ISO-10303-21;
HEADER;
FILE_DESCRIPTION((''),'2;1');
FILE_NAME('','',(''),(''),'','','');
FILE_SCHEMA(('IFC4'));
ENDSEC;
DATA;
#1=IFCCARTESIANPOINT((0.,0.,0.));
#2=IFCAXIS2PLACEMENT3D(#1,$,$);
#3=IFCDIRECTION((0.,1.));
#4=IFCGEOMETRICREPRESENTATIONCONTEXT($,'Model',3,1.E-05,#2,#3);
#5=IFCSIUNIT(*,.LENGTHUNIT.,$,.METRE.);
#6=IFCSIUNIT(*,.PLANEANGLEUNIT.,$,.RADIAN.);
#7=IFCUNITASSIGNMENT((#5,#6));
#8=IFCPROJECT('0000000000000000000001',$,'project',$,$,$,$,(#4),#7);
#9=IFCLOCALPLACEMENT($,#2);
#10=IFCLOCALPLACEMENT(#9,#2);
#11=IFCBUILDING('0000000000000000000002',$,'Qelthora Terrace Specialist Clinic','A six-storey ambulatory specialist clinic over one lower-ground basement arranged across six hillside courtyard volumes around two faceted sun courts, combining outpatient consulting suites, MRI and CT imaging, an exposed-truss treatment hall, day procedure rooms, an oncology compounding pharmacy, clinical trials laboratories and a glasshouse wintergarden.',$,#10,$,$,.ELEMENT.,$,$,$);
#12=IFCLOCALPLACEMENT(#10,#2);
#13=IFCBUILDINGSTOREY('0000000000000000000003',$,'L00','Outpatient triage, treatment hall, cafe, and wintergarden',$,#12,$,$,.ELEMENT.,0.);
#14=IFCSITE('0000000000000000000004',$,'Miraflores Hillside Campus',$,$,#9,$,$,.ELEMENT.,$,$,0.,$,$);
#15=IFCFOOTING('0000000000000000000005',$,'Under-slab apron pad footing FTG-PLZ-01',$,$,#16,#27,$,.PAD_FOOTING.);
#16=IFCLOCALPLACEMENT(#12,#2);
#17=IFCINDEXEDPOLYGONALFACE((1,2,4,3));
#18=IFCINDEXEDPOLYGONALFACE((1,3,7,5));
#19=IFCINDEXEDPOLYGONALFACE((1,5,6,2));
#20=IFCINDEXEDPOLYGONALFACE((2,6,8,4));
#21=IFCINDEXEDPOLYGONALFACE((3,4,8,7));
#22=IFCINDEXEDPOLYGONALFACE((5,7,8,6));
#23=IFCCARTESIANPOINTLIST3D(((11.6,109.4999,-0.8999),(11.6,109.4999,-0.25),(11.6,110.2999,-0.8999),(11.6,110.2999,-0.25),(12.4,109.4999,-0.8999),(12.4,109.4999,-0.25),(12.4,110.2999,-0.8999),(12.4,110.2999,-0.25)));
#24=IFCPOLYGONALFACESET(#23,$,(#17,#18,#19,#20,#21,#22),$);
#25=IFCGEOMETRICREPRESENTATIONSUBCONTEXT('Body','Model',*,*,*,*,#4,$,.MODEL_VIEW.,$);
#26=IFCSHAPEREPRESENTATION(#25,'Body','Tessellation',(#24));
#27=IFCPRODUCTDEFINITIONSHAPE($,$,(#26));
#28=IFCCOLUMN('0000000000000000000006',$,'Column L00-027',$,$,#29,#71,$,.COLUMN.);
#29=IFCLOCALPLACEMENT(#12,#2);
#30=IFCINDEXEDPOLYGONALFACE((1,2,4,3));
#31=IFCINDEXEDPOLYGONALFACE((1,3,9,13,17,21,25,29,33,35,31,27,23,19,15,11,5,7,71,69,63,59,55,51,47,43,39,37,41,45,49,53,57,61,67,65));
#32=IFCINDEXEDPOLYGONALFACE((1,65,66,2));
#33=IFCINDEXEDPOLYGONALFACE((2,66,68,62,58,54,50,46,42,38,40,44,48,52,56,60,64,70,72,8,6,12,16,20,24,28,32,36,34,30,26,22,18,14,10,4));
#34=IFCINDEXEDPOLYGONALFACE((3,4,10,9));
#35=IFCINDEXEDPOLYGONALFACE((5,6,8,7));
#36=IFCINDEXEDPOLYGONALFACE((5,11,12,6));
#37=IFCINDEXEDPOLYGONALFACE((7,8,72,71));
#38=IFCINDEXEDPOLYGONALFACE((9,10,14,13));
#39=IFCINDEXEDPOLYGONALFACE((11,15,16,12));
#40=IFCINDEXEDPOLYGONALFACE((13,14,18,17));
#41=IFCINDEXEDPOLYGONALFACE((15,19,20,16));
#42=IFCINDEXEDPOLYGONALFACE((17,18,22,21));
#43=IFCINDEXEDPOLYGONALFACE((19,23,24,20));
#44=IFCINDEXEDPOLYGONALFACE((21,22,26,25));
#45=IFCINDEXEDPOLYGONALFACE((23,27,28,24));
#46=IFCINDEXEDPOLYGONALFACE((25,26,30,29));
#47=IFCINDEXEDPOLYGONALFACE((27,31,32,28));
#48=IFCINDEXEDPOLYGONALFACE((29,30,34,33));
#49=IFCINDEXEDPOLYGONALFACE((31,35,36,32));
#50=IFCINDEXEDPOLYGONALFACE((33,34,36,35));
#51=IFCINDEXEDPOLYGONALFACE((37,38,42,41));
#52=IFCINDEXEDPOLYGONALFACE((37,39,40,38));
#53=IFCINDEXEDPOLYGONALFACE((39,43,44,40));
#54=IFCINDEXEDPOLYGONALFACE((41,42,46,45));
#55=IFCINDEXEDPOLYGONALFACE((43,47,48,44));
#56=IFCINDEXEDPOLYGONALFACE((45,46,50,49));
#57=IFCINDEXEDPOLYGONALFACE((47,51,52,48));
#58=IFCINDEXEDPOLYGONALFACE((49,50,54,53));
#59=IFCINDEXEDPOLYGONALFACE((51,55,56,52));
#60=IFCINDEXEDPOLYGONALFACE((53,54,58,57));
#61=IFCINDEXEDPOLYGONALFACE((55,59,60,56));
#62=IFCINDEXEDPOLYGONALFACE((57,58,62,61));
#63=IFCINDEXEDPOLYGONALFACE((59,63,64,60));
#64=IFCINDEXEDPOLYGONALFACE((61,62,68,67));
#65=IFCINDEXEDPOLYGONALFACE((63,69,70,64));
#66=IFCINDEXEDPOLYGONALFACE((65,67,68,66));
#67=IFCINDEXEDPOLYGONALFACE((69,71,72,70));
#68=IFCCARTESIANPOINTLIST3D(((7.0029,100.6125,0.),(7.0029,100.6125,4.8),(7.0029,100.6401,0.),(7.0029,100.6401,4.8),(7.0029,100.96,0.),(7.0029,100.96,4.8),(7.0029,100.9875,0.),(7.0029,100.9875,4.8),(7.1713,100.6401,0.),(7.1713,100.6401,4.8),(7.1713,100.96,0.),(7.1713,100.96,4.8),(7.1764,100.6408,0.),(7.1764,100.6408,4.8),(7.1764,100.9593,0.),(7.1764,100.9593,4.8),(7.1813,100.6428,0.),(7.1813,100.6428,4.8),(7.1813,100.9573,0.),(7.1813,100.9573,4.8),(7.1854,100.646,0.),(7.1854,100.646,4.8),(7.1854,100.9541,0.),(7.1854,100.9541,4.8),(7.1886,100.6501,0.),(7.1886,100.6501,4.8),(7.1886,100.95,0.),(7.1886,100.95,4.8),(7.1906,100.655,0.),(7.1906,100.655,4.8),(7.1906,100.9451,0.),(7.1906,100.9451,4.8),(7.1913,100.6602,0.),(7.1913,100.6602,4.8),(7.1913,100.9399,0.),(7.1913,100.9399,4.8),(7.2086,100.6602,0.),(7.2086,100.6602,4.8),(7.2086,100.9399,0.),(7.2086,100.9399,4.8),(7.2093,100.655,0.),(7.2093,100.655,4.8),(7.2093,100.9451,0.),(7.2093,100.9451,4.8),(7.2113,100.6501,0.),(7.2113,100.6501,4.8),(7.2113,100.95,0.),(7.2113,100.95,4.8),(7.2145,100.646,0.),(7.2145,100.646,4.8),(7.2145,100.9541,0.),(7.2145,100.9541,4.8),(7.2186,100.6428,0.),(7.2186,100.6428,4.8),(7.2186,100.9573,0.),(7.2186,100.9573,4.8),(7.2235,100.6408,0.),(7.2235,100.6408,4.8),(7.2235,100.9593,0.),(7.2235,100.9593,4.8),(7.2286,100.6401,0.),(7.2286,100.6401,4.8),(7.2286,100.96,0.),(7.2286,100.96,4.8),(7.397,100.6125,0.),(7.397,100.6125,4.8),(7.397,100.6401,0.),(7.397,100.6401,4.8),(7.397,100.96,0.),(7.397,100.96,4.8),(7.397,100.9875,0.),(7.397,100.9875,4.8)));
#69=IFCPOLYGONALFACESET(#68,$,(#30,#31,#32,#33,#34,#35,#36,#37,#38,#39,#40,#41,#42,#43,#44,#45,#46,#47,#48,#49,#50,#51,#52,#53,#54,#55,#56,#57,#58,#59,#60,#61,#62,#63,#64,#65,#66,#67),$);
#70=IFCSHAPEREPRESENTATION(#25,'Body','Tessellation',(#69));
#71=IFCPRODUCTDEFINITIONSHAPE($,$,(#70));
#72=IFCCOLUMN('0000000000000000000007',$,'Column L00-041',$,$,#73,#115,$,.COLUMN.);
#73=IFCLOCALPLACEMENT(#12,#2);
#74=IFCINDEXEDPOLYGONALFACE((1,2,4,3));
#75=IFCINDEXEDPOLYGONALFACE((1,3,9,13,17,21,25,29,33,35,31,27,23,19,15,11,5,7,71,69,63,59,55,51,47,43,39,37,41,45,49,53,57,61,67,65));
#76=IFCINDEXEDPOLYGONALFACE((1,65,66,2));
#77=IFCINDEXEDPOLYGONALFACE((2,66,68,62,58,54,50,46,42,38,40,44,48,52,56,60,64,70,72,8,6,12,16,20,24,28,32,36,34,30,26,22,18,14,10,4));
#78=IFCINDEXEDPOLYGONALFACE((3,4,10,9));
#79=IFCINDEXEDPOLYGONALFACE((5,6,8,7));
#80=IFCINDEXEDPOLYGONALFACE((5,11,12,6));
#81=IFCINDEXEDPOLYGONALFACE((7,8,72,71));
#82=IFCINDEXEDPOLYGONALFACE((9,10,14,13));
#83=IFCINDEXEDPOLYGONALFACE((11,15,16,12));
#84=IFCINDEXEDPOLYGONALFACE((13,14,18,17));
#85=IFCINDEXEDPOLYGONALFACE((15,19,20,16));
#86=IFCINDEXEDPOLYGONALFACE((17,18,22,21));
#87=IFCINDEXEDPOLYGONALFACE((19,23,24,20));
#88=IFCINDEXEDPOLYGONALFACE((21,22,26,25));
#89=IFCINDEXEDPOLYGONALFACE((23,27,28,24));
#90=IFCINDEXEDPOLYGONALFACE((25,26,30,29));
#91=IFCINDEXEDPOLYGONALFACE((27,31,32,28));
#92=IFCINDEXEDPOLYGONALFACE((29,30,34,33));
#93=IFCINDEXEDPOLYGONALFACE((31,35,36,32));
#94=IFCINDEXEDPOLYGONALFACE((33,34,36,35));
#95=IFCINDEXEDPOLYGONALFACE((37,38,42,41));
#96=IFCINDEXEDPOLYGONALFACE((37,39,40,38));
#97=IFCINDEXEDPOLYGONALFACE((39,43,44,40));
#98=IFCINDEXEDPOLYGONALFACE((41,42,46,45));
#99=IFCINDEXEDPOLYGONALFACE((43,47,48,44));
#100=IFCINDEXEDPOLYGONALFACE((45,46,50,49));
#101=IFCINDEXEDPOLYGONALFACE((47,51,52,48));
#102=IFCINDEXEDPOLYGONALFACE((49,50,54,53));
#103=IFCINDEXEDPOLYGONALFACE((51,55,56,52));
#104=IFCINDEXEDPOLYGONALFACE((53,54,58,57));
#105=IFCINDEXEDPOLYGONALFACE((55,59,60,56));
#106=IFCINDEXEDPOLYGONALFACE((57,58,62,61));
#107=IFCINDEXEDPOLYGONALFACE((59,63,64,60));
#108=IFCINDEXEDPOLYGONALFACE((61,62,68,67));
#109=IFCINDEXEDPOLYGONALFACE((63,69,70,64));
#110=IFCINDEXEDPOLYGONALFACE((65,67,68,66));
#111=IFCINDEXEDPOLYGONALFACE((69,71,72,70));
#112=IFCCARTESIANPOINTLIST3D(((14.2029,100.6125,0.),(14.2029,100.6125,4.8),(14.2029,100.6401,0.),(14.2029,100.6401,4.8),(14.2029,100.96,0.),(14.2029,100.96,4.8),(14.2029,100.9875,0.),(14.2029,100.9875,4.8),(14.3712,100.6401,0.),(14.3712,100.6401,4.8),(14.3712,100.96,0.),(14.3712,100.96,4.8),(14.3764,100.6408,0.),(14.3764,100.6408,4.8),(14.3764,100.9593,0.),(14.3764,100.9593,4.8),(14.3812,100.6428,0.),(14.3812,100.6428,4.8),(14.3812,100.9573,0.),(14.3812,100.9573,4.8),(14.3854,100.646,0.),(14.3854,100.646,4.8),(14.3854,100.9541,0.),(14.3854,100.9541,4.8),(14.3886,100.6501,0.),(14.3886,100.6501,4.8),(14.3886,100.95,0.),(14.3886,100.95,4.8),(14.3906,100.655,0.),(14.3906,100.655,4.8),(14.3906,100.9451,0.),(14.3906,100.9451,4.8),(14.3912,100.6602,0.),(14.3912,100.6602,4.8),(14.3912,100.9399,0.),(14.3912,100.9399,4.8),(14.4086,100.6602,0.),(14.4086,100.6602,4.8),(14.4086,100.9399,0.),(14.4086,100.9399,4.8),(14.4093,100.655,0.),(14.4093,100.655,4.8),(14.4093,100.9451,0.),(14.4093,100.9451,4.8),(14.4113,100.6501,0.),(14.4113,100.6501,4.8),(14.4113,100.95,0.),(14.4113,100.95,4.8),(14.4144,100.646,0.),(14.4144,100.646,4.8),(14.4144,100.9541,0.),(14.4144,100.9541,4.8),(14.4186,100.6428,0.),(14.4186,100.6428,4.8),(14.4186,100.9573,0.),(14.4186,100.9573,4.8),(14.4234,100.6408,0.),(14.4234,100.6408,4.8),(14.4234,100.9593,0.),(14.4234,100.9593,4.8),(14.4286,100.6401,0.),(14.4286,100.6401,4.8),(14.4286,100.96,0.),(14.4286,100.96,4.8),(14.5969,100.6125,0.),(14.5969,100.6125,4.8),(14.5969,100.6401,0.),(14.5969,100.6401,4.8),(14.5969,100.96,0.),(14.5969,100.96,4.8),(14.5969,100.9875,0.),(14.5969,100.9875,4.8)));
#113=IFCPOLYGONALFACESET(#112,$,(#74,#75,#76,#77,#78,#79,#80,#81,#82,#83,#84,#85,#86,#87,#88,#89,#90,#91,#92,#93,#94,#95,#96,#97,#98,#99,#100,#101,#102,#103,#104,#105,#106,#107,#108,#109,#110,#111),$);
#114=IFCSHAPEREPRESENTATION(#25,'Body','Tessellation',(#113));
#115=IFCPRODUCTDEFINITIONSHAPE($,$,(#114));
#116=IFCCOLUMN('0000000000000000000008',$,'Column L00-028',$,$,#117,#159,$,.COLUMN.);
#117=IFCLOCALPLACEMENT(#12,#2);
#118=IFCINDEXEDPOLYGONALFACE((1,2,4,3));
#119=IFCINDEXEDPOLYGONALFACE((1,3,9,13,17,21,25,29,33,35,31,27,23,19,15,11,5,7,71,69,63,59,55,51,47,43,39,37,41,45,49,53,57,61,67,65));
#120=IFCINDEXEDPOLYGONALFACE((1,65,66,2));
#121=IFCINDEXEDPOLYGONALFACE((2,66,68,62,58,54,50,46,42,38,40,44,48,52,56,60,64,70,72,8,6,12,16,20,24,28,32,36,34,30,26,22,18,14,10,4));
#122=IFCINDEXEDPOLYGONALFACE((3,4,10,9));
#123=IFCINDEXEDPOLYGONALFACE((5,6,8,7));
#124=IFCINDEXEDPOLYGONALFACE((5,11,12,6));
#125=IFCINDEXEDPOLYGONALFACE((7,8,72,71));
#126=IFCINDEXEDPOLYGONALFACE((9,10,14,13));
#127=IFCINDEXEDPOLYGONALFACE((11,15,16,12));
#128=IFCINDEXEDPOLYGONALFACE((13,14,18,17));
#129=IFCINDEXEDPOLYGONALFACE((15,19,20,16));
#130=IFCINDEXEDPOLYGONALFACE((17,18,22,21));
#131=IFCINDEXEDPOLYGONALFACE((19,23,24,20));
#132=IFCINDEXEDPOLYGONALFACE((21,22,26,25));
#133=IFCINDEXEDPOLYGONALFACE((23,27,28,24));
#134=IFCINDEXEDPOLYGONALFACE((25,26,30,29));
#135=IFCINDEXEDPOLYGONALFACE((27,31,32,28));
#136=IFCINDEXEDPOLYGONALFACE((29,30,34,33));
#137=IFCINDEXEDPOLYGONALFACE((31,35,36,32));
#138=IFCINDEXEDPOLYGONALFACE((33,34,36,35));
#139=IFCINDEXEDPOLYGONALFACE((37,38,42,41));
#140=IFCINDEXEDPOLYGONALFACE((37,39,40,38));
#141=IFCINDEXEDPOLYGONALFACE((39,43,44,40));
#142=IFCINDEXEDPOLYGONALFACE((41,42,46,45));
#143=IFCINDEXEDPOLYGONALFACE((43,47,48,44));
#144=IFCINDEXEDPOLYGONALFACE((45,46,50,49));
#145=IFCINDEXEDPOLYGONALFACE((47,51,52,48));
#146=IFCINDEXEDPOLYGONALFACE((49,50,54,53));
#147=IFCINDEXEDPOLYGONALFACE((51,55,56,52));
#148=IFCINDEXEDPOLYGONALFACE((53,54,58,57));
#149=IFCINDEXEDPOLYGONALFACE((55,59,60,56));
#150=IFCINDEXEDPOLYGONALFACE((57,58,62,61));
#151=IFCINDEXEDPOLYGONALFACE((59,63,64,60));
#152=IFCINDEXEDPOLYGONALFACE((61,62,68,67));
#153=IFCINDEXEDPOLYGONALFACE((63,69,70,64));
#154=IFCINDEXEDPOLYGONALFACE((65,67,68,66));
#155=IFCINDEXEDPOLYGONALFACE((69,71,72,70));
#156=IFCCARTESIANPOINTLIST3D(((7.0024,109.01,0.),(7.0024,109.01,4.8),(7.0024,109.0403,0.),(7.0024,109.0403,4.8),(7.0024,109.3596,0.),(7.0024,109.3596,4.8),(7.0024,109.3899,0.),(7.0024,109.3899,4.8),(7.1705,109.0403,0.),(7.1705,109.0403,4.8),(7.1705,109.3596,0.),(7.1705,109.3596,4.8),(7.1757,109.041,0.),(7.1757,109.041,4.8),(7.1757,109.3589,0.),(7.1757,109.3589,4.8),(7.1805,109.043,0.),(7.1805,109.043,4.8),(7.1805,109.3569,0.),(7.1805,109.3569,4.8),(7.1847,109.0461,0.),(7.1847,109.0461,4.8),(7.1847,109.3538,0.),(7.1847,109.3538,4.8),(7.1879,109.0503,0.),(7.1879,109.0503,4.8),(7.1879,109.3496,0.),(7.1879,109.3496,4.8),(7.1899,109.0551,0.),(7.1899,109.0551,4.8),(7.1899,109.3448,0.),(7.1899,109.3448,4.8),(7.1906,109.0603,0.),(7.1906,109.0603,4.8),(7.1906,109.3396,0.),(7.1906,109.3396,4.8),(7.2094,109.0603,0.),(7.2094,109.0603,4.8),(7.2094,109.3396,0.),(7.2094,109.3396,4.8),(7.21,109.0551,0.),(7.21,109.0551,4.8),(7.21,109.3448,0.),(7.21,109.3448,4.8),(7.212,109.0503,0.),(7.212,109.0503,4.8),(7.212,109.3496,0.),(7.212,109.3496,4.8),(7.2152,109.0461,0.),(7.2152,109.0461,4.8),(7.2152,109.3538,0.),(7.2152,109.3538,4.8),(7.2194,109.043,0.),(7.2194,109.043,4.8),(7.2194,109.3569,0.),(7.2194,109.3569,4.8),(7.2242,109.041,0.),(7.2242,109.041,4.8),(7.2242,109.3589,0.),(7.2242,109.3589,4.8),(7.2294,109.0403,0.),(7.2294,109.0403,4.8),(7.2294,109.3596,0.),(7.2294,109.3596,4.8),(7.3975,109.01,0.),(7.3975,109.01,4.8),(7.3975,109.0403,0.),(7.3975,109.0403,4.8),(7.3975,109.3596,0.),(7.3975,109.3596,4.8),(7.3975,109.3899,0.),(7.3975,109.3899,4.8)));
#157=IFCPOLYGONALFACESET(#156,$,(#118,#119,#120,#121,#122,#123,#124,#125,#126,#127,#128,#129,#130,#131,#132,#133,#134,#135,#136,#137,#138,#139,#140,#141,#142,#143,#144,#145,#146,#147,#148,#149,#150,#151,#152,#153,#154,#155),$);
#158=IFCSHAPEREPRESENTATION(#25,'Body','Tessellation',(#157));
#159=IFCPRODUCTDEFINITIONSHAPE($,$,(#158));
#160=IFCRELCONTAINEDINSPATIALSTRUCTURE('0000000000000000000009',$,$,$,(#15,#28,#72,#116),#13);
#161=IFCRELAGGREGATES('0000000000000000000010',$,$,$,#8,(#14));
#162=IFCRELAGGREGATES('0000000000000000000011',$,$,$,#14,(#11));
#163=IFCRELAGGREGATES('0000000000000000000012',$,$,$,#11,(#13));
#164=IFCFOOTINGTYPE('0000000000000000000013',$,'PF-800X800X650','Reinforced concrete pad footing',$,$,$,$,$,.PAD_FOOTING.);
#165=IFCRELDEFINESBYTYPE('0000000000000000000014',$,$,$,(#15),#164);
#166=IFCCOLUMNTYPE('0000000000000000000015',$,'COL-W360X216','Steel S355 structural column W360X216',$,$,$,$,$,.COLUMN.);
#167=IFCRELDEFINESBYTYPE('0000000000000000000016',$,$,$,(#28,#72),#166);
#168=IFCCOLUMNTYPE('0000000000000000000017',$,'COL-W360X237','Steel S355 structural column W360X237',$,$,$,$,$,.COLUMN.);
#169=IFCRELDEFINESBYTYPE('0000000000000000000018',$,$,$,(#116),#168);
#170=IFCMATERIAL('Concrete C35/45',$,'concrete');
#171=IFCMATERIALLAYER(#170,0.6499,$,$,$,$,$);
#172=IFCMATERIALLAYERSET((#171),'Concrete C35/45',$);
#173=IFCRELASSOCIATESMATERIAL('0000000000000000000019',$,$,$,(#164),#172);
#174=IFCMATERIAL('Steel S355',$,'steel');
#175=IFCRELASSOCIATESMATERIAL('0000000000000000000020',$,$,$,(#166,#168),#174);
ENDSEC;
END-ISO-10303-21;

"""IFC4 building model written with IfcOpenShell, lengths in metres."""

from ifc_helpers import new_model, si_unit, direction, frame, origin, origin_2d, place, context, subcontext, project, spatial, rectangle, i_section, extrude, material, layer, layer_set, material_profile, profile_set, type_object, element, save


model = new_model("IFC4")

# Units and contexts
model_context = context("Model", 3, precision=1e-05, world=origin(), true_north=direction((0.0, 1.0)))
body_context = subcontext(model_context, "Body", "Model", "MODEL_VIEW")
ifc_project = project(units=[si_unit("LENGTHUNIT", "METRE"), si_unit("PLANEANGLEUNIT", "RADIAN")], contexts=[model_context])

# Site, building, storey
site_placement = place(None, origin())
site = spatial("IfcSite", under=ifc_project, at=site_placement, Name="Miraflores Hillside Campus", CompositionType="ELEMENT", RefElevation=0.0)
building_placement = place(site_placement, origin())
building = spatial("IfcBuilding", under=site, at=building_placement, Name="Qelthora Terrace Specialist Clinic", Description="A six-storey ambulatory specialist clinic over one lower-ground basement arranged across six hillside courtyard volumes around two faceted sun courts, combining outpatient consulting suites, MRI and CT imaging, an exposed-truss treatment hall, day procedure rooms, an oncology compounding pharmacy, clinical trials laboratories and a glasshouse wintergarden.", CompositionType="ELEMENT")
storey_placement = place(building_placement, origin())
storey = spatial("IfcBuildingStorey", under=building, at=storey_placement, Name="L00", Description="Outpatient triage, treatment hall, cafe, and wintergarden", CompositionType="ELEMENT", Elevation=0.0)

# Footing
ifc_material_1 = material(Name="Concrete C35/45", Category="concrete")
ifc_layer_1 = layer(ifc_material_1, 0.6499)
ifc_layer_set_1 = layer_set([ifc_layer_1], Name="Concrete C35/45")
footing_type = type_object("IfcFootingType", Name="PF-800X800X650", Description="Reinforced concrete pad footing", PredefinedType="PAD_FOOTING", material=ifc_layer_set_1)
footing_placement = place(storey_placement, frame((12.0, 109.8999, -0.8999), z_axis=(0.0, 0.0, 1.0), x_axis=(1.0, 0.0, 0.0)))
element("IfcFooting", 1, at=footing_placement, inside=storey, type_object=footing_type, Name="Under-slab apron pad footing FTG-PLZ-01", PredefinedType="PAD_FOOTING", context=body_context, shape_type="SweptSolid", body=[
    extrude(rectangle(XDim=0.8, YDim=0.8, at=origin_2d()), origin(), (0.0, 0.0, 1.0), 0.6499),
])

# Columns
ifc_material_2 = material(Name="Steel S355", Category="steel")
ifc_material_profile_1 = material_profile(ifc_material_2, i_section(OverallWidth=0.394, OverallDepth=0.375, WebThickness=0.0173, FlangeThickness=0.0276, FilletRadius=0.02, at=origin_2d()), Name="W360X216")
ifc_profile_set_1 = profile_set([ifc_material_profile_1], Name="Steel S355")
column_type_1 = type_object("IfcColumnType", Name="COL-W360X216", Description="Steel S355 structural column W360X216", PredefinedType="COLUMN", material=ifc_profile_set_1)
for number, where, z_axis, x_axis, name in (
    (2, (7.2, 100.8, 0.0), (0.0, 0.0, 1.0), (1.0, 0.0, 0.0), "Column L00-027"),
    (3, (14.3999, 100.8, 0.0), (0.0, 0.0, 1.0), (1.0, 0.0, 0.0), "Column L00-041"),
):
    element("IfcColumn", number, at=place(storey_placement, frame(where, z_axis=z_axis, x_axis=x_axis)), inside=storey, type_object=column_type_1, Name=name, PredefinedType="COLUMN", context=body_context, shape_type="SweptSolid", body=[
        extrude(i_section(OverallWidth=0.394, OverallDepth=0.375, WebThickness=0.0173, FlangeThickness=0.0276, FilletRadius=0.02, at=origin_2d()), origin(), (0.0, 0.0, 1.0), 4.8),
    ])
ifc_material_profile_2 = material_profile(ifc_material_2, i_section(OverallWidth=0.395, OverallDepth=0.3799, WebThickness=0.0188, FlangeThickness=0.0303, FilletRadius=0.02, at=origin_2d()), Name="W360X237")
ifc_profile_set_2 = profile_set([ifc_material_profile_2], Name="Steel S355")
column_type_2 = type_object("IfcColumnType", Name="COL-W360X237", Description="Steel S355 structural column W360X237", PredefinedType="COLUMN", material=ifc_profile_set_2)
for number, where, z_axis, x_axis, name in (
    (4, (7.2, 109.2, 0.0), (0.0, 0.0, 1.0), (1.0, 0.0, 0.0), "Column L00-028"),
):
    element("IfcColumn", number, at=place(storey_placement, frame(where, z_axis=z_axis, x_axis=x_axis)), inside=storey, type_object=column_type_2, Name=name, PredefinedType="COLUMN", context=body_context, shape_type="SweptSolid", body=[
        extrude(i_section(OverallWidth=0.395, OverallDepth=0.3799, WebThickness=0.0188, FlangeThickness=0.0303, FilletRadius=0.02, at=origin_2d()), origin(), (0.0, 0.0, 1.0), 4.8),
    ])

save(model, "model.ifc")
